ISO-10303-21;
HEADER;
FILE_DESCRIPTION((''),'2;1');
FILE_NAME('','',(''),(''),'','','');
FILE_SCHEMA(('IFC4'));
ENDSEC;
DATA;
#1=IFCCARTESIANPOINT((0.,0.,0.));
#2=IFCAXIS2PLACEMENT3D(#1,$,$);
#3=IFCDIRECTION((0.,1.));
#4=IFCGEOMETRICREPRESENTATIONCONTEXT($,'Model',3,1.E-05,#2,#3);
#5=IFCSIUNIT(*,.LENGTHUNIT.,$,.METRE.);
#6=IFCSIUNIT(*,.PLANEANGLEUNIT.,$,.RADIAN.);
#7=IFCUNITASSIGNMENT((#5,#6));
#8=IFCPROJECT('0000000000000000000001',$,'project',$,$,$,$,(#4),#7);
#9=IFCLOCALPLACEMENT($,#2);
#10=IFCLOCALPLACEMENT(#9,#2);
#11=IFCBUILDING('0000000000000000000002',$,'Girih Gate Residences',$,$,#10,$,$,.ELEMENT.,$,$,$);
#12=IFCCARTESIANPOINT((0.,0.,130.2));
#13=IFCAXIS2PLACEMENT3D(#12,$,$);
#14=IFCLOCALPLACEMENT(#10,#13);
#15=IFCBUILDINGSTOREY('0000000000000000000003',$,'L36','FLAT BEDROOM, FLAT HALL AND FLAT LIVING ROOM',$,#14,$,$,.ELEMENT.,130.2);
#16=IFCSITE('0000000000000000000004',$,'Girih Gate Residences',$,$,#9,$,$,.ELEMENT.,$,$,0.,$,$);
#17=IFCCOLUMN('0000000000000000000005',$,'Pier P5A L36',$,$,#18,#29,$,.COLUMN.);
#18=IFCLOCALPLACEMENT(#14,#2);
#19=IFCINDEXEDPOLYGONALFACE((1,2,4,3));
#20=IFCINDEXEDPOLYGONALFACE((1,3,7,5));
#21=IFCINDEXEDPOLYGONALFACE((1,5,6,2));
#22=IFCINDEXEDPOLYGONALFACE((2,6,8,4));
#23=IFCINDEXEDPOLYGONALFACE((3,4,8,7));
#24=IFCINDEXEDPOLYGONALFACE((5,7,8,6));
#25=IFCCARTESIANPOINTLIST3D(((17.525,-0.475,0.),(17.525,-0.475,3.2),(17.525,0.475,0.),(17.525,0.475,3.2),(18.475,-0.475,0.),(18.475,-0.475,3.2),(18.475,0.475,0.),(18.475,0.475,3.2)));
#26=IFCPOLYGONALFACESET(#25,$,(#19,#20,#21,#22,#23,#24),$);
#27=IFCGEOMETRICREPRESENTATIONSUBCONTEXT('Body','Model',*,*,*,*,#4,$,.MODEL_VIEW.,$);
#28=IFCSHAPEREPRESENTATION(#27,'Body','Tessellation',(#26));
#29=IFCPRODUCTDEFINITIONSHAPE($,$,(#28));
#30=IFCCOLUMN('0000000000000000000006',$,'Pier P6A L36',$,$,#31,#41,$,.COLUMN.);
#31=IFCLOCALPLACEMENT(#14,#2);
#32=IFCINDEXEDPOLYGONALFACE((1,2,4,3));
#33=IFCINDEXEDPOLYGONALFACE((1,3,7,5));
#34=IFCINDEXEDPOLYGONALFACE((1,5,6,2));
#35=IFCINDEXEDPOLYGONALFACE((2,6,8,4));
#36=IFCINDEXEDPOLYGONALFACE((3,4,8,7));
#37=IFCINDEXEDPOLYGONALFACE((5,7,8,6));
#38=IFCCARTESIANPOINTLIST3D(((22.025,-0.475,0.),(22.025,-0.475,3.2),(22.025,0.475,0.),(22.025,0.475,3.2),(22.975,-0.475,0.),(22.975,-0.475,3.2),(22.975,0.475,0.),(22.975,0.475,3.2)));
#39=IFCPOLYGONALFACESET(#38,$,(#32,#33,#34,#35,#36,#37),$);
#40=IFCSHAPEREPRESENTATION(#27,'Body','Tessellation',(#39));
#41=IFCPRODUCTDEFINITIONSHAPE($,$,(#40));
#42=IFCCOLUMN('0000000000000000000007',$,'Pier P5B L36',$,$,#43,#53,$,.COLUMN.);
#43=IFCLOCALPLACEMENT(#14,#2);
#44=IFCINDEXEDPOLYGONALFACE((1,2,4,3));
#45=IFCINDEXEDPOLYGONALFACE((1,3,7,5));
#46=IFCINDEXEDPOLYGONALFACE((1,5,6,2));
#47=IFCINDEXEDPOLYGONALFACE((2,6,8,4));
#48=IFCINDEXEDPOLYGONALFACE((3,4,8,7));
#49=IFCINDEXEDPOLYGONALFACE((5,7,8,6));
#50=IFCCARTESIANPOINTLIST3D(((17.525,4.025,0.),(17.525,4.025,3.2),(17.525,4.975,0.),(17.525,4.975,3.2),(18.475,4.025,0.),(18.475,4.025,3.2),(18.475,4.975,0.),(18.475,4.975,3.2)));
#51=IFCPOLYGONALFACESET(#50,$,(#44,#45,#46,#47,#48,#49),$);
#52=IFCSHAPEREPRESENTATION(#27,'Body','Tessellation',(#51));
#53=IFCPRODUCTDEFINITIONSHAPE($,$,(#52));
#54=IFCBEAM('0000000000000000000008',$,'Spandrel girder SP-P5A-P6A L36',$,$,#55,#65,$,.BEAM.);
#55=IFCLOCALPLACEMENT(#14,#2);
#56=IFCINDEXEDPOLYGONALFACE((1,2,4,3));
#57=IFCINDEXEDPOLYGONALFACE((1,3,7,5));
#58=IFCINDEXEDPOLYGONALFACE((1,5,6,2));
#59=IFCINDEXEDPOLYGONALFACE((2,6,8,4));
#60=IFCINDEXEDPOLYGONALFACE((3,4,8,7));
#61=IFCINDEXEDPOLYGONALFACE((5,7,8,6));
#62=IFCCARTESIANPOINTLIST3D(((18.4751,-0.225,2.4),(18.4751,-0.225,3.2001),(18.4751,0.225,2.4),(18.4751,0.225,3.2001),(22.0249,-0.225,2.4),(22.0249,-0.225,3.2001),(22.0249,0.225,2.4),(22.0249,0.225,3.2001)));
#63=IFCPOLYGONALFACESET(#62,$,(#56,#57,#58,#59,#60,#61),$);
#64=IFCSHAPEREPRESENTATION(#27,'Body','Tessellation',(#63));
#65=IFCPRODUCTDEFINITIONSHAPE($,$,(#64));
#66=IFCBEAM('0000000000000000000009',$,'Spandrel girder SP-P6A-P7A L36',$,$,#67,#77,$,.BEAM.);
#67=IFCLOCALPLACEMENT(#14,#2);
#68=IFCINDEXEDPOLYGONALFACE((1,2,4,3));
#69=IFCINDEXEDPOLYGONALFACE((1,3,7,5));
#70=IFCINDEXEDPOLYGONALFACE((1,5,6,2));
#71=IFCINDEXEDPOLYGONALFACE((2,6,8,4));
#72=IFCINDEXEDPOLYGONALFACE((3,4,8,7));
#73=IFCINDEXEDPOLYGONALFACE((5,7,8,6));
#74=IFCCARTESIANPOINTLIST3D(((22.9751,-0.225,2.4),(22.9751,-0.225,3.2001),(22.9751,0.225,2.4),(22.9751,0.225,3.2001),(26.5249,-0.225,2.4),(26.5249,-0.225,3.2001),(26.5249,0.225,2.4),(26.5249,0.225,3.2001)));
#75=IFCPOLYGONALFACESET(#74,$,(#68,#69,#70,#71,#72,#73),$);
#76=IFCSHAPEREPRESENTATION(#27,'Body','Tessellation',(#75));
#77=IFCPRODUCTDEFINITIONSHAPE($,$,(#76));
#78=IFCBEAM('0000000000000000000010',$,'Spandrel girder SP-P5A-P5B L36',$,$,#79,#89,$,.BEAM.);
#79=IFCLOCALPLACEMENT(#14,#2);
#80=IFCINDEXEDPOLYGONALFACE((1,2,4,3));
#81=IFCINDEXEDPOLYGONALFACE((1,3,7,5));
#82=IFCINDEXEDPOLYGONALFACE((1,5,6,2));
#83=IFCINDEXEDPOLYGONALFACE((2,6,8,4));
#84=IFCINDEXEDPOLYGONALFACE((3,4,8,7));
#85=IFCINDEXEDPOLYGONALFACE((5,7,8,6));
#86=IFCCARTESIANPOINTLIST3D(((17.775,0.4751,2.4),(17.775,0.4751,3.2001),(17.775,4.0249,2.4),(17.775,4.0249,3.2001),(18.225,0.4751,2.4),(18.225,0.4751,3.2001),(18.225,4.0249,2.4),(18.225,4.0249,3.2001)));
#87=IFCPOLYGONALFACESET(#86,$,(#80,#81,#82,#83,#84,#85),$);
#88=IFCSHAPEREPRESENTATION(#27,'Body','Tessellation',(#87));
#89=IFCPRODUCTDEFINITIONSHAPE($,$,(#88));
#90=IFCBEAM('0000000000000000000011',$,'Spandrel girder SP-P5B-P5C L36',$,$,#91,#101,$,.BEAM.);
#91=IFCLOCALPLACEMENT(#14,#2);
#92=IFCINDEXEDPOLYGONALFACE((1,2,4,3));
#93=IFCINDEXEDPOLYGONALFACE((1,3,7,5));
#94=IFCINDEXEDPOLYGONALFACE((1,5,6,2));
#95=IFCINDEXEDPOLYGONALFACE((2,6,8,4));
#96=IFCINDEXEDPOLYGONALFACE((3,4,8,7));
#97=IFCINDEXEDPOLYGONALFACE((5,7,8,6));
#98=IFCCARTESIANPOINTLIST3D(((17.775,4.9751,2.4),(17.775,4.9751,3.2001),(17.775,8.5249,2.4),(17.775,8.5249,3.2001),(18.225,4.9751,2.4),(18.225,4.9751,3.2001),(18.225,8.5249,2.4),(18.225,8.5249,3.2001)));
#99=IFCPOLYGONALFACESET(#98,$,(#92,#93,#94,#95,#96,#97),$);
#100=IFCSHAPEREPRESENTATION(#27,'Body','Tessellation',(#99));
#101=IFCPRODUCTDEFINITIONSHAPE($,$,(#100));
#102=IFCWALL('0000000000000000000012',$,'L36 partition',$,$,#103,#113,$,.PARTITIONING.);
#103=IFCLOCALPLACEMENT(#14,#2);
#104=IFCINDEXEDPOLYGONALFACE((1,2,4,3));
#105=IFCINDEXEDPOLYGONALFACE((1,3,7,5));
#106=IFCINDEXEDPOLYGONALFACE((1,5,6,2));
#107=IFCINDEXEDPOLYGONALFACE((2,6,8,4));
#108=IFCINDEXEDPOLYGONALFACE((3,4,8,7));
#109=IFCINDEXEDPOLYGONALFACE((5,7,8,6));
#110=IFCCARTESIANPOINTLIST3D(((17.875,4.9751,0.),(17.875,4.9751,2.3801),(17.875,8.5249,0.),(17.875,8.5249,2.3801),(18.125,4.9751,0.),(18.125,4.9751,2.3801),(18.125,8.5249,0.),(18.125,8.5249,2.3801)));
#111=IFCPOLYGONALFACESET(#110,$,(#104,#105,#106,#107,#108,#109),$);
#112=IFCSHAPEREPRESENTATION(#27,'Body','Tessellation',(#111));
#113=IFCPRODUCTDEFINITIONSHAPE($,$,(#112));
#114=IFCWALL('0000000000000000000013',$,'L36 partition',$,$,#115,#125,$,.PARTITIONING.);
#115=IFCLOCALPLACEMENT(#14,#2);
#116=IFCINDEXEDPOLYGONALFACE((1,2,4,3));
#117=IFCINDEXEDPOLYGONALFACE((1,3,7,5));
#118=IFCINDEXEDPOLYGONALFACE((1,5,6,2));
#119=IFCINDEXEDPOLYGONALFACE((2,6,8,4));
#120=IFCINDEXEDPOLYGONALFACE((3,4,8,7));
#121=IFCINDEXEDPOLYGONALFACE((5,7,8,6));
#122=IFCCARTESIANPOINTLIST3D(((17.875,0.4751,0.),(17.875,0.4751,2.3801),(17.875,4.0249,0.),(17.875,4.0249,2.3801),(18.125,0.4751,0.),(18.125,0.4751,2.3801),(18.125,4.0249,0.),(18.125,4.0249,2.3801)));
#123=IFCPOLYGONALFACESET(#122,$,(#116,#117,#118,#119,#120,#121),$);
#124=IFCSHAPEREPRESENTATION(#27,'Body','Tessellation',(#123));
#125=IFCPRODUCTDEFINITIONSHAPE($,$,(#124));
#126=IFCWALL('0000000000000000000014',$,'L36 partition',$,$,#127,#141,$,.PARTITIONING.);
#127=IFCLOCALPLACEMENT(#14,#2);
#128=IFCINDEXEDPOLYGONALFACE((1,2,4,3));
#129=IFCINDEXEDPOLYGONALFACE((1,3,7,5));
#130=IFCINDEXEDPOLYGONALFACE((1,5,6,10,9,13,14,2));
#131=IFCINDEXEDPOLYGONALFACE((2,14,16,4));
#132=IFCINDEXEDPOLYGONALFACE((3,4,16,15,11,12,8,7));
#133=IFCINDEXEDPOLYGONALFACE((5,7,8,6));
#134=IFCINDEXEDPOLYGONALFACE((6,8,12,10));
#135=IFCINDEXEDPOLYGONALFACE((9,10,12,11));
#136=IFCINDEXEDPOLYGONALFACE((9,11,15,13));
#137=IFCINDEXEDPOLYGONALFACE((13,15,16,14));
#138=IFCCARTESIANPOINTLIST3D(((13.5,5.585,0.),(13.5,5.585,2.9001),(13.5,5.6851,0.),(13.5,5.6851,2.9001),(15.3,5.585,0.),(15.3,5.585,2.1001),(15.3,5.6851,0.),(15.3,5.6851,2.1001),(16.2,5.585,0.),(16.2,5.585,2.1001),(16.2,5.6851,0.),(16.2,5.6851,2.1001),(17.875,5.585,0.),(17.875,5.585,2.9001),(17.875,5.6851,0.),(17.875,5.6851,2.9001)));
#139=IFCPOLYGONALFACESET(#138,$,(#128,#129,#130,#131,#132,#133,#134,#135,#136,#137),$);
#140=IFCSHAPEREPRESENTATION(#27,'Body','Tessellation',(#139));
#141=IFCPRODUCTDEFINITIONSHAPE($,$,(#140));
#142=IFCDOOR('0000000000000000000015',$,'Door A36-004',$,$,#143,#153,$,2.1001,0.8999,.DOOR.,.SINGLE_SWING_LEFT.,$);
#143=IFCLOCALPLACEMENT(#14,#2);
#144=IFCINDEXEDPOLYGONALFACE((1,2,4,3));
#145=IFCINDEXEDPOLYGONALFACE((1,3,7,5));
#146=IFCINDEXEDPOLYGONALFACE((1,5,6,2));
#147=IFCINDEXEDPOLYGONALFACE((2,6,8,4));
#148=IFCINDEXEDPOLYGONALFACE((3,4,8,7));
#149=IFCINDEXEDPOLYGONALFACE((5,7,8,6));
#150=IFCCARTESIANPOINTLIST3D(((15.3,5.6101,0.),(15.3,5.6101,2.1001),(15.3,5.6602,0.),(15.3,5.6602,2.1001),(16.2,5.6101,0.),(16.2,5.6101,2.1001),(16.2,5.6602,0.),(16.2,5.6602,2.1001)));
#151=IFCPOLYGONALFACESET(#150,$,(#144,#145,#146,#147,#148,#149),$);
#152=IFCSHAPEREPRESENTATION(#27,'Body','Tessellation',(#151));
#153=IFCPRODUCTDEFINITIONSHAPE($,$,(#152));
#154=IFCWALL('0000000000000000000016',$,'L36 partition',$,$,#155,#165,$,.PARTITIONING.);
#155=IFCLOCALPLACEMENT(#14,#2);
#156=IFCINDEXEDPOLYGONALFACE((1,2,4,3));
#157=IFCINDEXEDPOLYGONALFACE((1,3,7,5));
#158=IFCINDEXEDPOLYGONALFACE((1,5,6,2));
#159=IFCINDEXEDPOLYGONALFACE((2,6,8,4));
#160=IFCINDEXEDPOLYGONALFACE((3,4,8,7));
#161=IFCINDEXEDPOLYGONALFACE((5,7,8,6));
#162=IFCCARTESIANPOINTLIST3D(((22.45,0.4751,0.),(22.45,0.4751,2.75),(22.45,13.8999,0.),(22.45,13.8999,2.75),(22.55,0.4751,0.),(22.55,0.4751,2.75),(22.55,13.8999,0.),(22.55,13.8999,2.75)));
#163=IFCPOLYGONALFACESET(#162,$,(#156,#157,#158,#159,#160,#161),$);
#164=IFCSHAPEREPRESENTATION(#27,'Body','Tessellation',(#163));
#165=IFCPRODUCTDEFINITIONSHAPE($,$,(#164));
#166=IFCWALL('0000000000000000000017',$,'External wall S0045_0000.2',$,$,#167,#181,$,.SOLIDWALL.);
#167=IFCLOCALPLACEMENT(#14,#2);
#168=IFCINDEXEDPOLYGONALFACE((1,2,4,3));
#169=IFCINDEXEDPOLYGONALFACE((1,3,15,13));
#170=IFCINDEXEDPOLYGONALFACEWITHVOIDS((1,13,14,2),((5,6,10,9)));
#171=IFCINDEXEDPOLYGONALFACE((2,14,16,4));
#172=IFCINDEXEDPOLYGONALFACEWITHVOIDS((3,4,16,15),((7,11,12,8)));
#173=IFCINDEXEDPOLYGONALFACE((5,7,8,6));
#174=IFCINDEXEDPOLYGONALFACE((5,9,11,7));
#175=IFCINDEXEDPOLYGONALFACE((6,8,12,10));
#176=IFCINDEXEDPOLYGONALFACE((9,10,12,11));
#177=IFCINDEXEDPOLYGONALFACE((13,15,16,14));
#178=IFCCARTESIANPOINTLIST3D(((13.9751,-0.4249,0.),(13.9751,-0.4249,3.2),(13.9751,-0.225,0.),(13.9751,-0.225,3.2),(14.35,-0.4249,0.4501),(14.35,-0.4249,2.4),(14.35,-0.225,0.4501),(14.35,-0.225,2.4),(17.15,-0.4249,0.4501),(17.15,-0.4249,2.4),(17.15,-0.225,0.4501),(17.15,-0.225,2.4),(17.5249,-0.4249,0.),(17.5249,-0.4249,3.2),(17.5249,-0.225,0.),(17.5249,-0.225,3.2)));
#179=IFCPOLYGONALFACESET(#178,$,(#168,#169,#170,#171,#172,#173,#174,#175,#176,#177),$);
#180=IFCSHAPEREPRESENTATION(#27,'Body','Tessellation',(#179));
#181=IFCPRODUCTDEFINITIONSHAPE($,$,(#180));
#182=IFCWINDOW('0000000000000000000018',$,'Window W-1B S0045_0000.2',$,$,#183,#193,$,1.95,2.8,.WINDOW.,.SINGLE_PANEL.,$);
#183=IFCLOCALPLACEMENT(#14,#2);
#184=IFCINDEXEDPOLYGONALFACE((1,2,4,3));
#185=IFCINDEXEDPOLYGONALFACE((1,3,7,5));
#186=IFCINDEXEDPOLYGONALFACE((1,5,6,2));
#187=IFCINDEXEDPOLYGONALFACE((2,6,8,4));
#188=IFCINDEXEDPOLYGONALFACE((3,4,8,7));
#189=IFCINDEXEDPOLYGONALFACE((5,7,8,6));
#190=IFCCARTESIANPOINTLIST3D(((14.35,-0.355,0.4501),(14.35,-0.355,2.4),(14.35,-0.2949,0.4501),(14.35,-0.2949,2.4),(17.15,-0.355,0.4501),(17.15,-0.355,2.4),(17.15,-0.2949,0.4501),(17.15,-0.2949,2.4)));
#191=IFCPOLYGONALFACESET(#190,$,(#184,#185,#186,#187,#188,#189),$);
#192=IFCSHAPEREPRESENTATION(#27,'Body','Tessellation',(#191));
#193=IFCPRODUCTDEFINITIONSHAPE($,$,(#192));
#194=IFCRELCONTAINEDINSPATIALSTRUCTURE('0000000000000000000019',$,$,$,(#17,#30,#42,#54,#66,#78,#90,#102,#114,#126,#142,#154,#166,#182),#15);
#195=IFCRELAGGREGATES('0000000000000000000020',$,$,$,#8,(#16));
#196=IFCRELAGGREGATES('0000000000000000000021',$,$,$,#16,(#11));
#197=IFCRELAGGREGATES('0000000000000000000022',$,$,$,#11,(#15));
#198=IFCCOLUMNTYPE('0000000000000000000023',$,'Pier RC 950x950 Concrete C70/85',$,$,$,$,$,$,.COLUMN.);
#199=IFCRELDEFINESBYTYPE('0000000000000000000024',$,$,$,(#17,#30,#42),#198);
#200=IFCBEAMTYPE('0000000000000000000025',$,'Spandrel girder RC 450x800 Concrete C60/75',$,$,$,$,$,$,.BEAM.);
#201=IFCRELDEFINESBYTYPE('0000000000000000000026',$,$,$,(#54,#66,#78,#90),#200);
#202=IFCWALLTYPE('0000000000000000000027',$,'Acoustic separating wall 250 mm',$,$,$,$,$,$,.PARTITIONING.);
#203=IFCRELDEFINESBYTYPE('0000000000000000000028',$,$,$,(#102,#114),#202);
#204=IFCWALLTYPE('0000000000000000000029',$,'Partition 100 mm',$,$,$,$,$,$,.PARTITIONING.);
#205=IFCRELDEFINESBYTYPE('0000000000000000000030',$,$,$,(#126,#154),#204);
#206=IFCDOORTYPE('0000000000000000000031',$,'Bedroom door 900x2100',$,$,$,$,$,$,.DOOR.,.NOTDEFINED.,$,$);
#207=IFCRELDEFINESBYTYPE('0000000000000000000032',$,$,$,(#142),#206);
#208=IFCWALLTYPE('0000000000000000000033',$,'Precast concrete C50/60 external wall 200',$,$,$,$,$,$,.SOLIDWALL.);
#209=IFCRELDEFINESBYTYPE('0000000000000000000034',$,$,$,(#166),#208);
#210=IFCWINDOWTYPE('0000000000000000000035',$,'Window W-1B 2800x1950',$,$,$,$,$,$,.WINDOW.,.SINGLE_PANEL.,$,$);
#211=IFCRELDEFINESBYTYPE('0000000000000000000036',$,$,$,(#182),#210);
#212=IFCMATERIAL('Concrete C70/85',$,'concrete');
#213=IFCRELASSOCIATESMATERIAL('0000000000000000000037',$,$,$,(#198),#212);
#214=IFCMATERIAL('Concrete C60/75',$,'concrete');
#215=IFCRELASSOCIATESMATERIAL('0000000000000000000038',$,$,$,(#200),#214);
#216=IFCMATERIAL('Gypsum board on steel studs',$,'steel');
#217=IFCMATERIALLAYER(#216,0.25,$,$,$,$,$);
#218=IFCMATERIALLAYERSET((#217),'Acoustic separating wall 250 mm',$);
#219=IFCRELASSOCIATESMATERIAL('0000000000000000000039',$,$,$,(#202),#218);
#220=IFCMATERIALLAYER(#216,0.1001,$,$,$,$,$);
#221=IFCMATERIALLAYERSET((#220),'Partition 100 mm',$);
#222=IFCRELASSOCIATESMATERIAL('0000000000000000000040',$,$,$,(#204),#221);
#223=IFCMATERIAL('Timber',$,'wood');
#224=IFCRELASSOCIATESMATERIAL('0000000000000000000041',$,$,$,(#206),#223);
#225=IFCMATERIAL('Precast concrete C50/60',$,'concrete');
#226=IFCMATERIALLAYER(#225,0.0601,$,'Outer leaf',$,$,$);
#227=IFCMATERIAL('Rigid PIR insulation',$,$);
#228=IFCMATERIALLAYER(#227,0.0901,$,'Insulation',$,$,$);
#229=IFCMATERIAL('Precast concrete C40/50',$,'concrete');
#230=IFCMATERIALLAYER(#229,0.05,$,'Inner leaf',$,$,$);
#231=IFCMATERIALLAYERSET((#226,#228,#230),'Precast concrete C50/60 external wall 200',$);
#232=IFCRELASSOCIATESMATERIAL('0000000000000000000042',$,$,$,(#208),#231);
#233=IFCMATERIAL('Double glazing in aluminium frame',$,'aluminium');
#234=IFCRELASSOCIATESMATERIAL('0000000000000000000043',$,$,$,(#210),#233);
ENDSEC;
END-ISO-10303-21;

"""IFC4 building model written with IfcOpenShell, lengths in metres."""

from ifc_helpers import new_model, si_unit, direction, frame, frame_2d, origin, origin_2d, place, context, subcontext, project, spatial, rectangle, extrude, material, layer, layer_set, material_profile, profile_set, type_object, element, fill, save


model = new_model("IFC4")

# Units and contexts
model_context = context("Model", 3, precision=1e-05, world=origin(), true_north=direction((0.0, 1.0)))
body_context = subcontext(model_context, "Body", "Model", "MODEL_VIEW")
ifc_project = project(units=[si_unit("LENGTHUNIT", "METRE"), si_unit("PLANEANGLEUNIT", "RADIAN")], contexts=[model_context])

# Site, building, storey
site_placement = place(None, origin())
site = spatial("IfcSite", under=ifc_project, at=site_placement, Name="Girih Gate Residences", CompositionType="ELEMENT", RefElevation=0.0)
building_placement = place(site_placement, origin())
building = spatial("IfcBuilding", under=site, at=building_placement, Name="Girih Gate Residences", CompositionType="ELEMENT")
storey_placement = place(building_placement, frame((0.0, 0.0, 130.2)))
storey = spatial("IfcBuildingStorey", under=building, at=storey_placement, Name="L36", Description="FLAT BEDROOM, FLAT HALL AND FLAT LIVING ROOM", CompositionType="ELEMENT", Elevation=130.2)

# Columns
ifc_material_1 = material(Name="Concrete C70/85", Category="concrete")
ifc_material_profile_1 = material_profile(ifc_material_1, rectangle(XDim=0.95, YDim=0.95, at=origin_2d()))
ifc_profile_set_1 = profile_set([ifc_material_profile_1], Name="Concrete C70/85")
column_type = type_object("IfcColumnType", Name="Pier RC 950x950 Concrete C70/85", PredefinedType="COLUMN", material=ifc_profile_set_1)
for number, where, z_axis, x_axis, name in (
    (1, (18.0, 0.0, 0.0), (0.0, 0.0, 1.0), (1.0, 0.0, 0.0), "Pier P5A L36"),
    (2, (22.5, 0.0, 0.0), (0.0, 0.0, 1.0), (1.0, 0.0, 0.0), "Pier P6A L36"),
    (3, (18.0, 4.5, 0.0), (0.0, 0.0, 1.0), (1.0, 0.0, 0.0), "Pier P5B L36"),
):
    element("IfcColumn", number, at=place(storey_placement, frame(where, z_axis=z_axis, x_axis=x_axis)), inside=storey, type_object=column_type, Name=name, PredefinedType="COLUMN", context=body_context, shape_type="SweptSolid", body=[
        extrude(rectangle(XDim=0.95, YDim=0.95, at=origin_2d()), origin(), (0.0, 0.0, 1.0), 3.2),
    ])

# Beams
ifc_material_2 = material(Name="Concrete C60/75", Category="concrete")
ifc_material_profile_2 = material_profile(ifc_material_2, rectangle(XDim=0.45, YDim=0.8, at=origin_2d()))
ifc_profile_set_2 = profile_set([ifc_material_profile_2], Name="Concrete C60/75")
beam_type = type_object("IfcBeamType", Name="Spandrel girder RC 450x800 Concrete C60/75", PredefinedType="BEAM", material=ifc_profile_set_2)
for number, where, z_axis, x_axis, name in (
    (4, (18.4751, 0.0, 2.8), (1.0, 0.0, 0.0), (0.0, 1.0, 0.0), "Spandrel girder SP-P5A-P6A L36"),
    (5, (22.9751, 0.0, 2.8), (1.0, 0.0, 0.0), (0.0, 1.0, 0.0), "Spandrel girder SP-P6A-P7A L36"),
    (6, (18.0, 0.4751, 2.8), (0.0, 1.0, 0.0), (-1.0, 0.0, 0.0), "Spandrel girder SP-P5A-P5B L36"),
    (7, (18.0, 4.9751, 2.8), (0.0, 1.0, 0.0), (-1.0, 0.0, 0.0), "Spandrel girder SP-P5B-P5C L36"),
):
    element("IfcBeam", number, at=place(storey_placement, frame(where, z_axis=z_axis, x_axis=x_axis)), inside=storey, type_object=beam_type, Name=name, PredefinedType="BEAM", context=body_context, shape_type="SweptSolid", body=[
        extrude(rectangle(XDim=0.45, YDim=0.8, at=origin_2d()), origin(), (0.0, 0.0, 1.0), 3.5498),
    ])

# Walls
ifc_material_3 = material(Name="Gypsum board on steel studs", Category="steel")
ifc_layer_1 = layer(ifc_material_3, 0.25)
ifc_layer_set_1 = layer_set([ifc_layer_1], Name="Acoustic separating wall 250 mm")
wall_type_1 = type_object("IfcWallType", Name="Acoustic separating wall 250 mm", PredefinedType="PARTITIONING", material=ifc_layer_set_1)
for number, where, z_axis, x_axis, name in (
    (8, (18.0, 4.9751, 0.0), (0.0, 0.0, 1.0), (0.0, 1.0, 0.0), "L36 partition"),
    (9, (18.0, 0.4751, 0.0), (0.0, 0.0, 1.0), (0.0, 1.0, 0.0), "L36 partition"),
):
    element("IfcWall", number, at=place(storey_placement, frame(where, z_axis=z_axis, x_axis=x_axis)), inside=storey, type_object=wall_type_1, Name=name, PredefinedType="PARTITIONING", context=body_context, shape_type="SweptSolid", body=[
        extrude(rectangle(XDim=3.5498, YDim=0.25, at=frame_2d((1.7749, 0.0))), origin(), (0.0, 0.0, 1.0), 2.3801),
    ])

# Wall, opening, door
ifc_layer_2 = layer(ifc_material_3, 0.1001)
ifc_layer_set_2 = layer_set([ifc_layer_2], Name="Partition 100 mm")
wall_type_2 = type_object("IfcWallType", Name="Partition 100 mm", PredefinedType="PARTITIONING", material=ifc_layer_set_2)
wall_1_placement = place(storey_placement, frame((17.875, 5.635, 0.0), z_axis=(0.0, 0.0, 1.0), x_axis=(-1.0, 0.0, 0.0)))
wall_1 = element("IfcWall", 10, at=wall_1_placement, inside=storey, type_object=wall_type_2, Name="L36 partition", PredefinedType="PARTITIONING", context=body_context, shape_type="SweptSolid", body=[
    extrude(rectangle(XDim=4.375, YDim=0.1001, at=frame_2d((2.1875, 0.0))), origin(), (0.0, 0.0, 1.0), 2.9001),
])
opening_1_placement = place(wall_1_placement, frame((1.675, 0.0, 0.0)))
opening_1 = element("IfcOpeningElement", 11, at=opening_1_placement, cuts=wall_1, PredefinedType="OPENING", context=body_context, shape_type="SweptSolid", body=[
    extrude(rectangle(XDim=0.8999, YDim=2.1001, at=frame_2d((0.45, 1.05))), frame((0.0, 0.0601, 0.0), z_axis=(0.0, -1.0, 0.0), x_axis=(1.0, 0.0, 0.0)), (0.0, 0.0, 1.0), 0.1201),
])
ifc_material_4 = material(Name="Timber", Category="wood")
door_type = type_object("IfcDoorType", Name="Bedroom door 900x2100", OperationType="NOTDEFINED", PredefinedType="DOOR", material=ifc_material_4)
door_placement = place(opening_1_placement, origin())
door = element("IfcDoor", 12, at=door_placement, inside=storey, type_object=door_type, Name="Door A36-004", OperationType="SINGLE_SWING_LEFT", OverallHeight=2.1001, OverallWidth=0.8999, PredefinedType="DOOR", context=body_context, shape_type="SweptSolid", body=[
    extrude(rectangle(XDim=0.8999, YDim=2.1001, at=frame_2d((0.45, 1.05))), frame((0.0, 0.0249, 0.0), z_axis=(0.0, -1.0, 0.0), x_axis=(1.0, 0.0, 0.0)), (0.0, 0.0, 1.0), 0.05),
])
fill(opening_1, door)

# Wall
wall_2_placement = place(storey_placement, frame((22.5, 0.4751, 0.0), z_axis=(0.0, 0.0, 1.0), x_axis=(0.0, 1.0, 0.0)))
element("IfcWall", 13, at=wall_2_placement, inside=storey, type_object=wall_type_2, Name="L36 partition", PredefinedType="PARTITIONING", context=body_context, shape_type="SweptSolid", body=[
    extrude(rectangle(XDim=13.4248, YDim=0.1001, at=frame_2d((6.7124, 0.0))), origin(), (0.0, 0.0, 1.0), 2.75),
])

# Wall, opening, window
ifc_material_5 = material(Name="Precast concrete C50/60", Category="concrete")
ifc_layer_3 = layer(ifc_material_5, 0.0601, Name="Outer leaf")
ifc_material_6 = material(Name="Rigid PIR insulation")
ifc_layer_4 = layer(ifc_material_6, 0.0901, Name="Insulation")
ifc_material_7 = material(Name="Precast concrete C40/50", Category="concrete")
ifc_layer_5 = layer(ifc_material_7, 0.05, Name="Inner leaf")
ifc_layer_set_3 = layer_set([ifc_layer_3, ifc_layer_4, ifc_layer_5], Name="Precast concrete C50/60 external wall 200")
wall_type_3 = type_object("IfcWallType", Name="Precast concrete C50/60 external wall 200", PredefinedType="SOLIDWALL", material=ifc_layer_set_3)
wall_3_placement = place(storey_placement, frame((17.5249, -0.325, 0.0), z_axis=(0.0, 0.0, 1.0), x_axis=(-1.0, 0.0, 0.0)))
wall_3 = element("IfcWall", 14, at=wall_3_placement, inside=storey, type_object=wall_type_3, Name="External wall S0045_0000.2", PredefinedType="SOLIDWALL", context=body_context, shape_type="SweptSolid", body=[
    extrude(rectangle(XDim=3.5498, YDim=0.2, at=frame_2d((1.7749, 0.0))), origin(), (0.0, 0.0, 1.0), 3.2),
])
opening_2_placement = place(wall_3_placement, frame((0.375, 0.0, 0.45)))
opening_2 = element("IfcOpeningElement", 15, at=opening_2_placement, cuts=wall_3, PredefinedType="OPENING", context=body_context, shape_type="SweptSolid", body=[
    extrude(rectangle(XDim=2.8, YDim=1.95, at=frame_2d((1.3999, 0.9751))), frame((0.0, 0.1099, 0.0), z_axis=(0.0, -1.0, 0.0), x_axis=(1.0, 0.0, 0.0)), (0.0, 0.0, 1.0), 0.22),
])
ifc_material_8 = material(Name="Double glazing in aluminium frame", Category="aluminium")
window_type = type_object("IfcWindowType", Name="Window W-1B 2800x1950", PartitioningType="SINGLE_PANEL", PredefinedType="WINDOW", material=ifc_material_8)
window_1_placement = place(opening_2_placement, origin())
window_1 = element("IfcWindow", 16, at=window_1_placement, inside=storey, type_object=window_type, Name="Window W-1B S0045_0000.2", OverallHeight=1.95, OverallWidth=2.8, PartitioningType="SINGLE_PANEL", PredefinedType="WINDOW", context=body_context, shape_type="SweptSolid", body=[
    extrude(rectangle(XDim=2.8, YDim=1.95, at=frame_2d((1.3999, 0.9751))), frame((0.0, 0.03, 0.0), z_axis=(0.0, -1.0, 0.0), x_axis=(1.0, 0.0, 0.0)), (0.0, 0.0, 1.0), 0.0601),
])
fill(opening_2, window_1)

save(model, "model.ifc")
